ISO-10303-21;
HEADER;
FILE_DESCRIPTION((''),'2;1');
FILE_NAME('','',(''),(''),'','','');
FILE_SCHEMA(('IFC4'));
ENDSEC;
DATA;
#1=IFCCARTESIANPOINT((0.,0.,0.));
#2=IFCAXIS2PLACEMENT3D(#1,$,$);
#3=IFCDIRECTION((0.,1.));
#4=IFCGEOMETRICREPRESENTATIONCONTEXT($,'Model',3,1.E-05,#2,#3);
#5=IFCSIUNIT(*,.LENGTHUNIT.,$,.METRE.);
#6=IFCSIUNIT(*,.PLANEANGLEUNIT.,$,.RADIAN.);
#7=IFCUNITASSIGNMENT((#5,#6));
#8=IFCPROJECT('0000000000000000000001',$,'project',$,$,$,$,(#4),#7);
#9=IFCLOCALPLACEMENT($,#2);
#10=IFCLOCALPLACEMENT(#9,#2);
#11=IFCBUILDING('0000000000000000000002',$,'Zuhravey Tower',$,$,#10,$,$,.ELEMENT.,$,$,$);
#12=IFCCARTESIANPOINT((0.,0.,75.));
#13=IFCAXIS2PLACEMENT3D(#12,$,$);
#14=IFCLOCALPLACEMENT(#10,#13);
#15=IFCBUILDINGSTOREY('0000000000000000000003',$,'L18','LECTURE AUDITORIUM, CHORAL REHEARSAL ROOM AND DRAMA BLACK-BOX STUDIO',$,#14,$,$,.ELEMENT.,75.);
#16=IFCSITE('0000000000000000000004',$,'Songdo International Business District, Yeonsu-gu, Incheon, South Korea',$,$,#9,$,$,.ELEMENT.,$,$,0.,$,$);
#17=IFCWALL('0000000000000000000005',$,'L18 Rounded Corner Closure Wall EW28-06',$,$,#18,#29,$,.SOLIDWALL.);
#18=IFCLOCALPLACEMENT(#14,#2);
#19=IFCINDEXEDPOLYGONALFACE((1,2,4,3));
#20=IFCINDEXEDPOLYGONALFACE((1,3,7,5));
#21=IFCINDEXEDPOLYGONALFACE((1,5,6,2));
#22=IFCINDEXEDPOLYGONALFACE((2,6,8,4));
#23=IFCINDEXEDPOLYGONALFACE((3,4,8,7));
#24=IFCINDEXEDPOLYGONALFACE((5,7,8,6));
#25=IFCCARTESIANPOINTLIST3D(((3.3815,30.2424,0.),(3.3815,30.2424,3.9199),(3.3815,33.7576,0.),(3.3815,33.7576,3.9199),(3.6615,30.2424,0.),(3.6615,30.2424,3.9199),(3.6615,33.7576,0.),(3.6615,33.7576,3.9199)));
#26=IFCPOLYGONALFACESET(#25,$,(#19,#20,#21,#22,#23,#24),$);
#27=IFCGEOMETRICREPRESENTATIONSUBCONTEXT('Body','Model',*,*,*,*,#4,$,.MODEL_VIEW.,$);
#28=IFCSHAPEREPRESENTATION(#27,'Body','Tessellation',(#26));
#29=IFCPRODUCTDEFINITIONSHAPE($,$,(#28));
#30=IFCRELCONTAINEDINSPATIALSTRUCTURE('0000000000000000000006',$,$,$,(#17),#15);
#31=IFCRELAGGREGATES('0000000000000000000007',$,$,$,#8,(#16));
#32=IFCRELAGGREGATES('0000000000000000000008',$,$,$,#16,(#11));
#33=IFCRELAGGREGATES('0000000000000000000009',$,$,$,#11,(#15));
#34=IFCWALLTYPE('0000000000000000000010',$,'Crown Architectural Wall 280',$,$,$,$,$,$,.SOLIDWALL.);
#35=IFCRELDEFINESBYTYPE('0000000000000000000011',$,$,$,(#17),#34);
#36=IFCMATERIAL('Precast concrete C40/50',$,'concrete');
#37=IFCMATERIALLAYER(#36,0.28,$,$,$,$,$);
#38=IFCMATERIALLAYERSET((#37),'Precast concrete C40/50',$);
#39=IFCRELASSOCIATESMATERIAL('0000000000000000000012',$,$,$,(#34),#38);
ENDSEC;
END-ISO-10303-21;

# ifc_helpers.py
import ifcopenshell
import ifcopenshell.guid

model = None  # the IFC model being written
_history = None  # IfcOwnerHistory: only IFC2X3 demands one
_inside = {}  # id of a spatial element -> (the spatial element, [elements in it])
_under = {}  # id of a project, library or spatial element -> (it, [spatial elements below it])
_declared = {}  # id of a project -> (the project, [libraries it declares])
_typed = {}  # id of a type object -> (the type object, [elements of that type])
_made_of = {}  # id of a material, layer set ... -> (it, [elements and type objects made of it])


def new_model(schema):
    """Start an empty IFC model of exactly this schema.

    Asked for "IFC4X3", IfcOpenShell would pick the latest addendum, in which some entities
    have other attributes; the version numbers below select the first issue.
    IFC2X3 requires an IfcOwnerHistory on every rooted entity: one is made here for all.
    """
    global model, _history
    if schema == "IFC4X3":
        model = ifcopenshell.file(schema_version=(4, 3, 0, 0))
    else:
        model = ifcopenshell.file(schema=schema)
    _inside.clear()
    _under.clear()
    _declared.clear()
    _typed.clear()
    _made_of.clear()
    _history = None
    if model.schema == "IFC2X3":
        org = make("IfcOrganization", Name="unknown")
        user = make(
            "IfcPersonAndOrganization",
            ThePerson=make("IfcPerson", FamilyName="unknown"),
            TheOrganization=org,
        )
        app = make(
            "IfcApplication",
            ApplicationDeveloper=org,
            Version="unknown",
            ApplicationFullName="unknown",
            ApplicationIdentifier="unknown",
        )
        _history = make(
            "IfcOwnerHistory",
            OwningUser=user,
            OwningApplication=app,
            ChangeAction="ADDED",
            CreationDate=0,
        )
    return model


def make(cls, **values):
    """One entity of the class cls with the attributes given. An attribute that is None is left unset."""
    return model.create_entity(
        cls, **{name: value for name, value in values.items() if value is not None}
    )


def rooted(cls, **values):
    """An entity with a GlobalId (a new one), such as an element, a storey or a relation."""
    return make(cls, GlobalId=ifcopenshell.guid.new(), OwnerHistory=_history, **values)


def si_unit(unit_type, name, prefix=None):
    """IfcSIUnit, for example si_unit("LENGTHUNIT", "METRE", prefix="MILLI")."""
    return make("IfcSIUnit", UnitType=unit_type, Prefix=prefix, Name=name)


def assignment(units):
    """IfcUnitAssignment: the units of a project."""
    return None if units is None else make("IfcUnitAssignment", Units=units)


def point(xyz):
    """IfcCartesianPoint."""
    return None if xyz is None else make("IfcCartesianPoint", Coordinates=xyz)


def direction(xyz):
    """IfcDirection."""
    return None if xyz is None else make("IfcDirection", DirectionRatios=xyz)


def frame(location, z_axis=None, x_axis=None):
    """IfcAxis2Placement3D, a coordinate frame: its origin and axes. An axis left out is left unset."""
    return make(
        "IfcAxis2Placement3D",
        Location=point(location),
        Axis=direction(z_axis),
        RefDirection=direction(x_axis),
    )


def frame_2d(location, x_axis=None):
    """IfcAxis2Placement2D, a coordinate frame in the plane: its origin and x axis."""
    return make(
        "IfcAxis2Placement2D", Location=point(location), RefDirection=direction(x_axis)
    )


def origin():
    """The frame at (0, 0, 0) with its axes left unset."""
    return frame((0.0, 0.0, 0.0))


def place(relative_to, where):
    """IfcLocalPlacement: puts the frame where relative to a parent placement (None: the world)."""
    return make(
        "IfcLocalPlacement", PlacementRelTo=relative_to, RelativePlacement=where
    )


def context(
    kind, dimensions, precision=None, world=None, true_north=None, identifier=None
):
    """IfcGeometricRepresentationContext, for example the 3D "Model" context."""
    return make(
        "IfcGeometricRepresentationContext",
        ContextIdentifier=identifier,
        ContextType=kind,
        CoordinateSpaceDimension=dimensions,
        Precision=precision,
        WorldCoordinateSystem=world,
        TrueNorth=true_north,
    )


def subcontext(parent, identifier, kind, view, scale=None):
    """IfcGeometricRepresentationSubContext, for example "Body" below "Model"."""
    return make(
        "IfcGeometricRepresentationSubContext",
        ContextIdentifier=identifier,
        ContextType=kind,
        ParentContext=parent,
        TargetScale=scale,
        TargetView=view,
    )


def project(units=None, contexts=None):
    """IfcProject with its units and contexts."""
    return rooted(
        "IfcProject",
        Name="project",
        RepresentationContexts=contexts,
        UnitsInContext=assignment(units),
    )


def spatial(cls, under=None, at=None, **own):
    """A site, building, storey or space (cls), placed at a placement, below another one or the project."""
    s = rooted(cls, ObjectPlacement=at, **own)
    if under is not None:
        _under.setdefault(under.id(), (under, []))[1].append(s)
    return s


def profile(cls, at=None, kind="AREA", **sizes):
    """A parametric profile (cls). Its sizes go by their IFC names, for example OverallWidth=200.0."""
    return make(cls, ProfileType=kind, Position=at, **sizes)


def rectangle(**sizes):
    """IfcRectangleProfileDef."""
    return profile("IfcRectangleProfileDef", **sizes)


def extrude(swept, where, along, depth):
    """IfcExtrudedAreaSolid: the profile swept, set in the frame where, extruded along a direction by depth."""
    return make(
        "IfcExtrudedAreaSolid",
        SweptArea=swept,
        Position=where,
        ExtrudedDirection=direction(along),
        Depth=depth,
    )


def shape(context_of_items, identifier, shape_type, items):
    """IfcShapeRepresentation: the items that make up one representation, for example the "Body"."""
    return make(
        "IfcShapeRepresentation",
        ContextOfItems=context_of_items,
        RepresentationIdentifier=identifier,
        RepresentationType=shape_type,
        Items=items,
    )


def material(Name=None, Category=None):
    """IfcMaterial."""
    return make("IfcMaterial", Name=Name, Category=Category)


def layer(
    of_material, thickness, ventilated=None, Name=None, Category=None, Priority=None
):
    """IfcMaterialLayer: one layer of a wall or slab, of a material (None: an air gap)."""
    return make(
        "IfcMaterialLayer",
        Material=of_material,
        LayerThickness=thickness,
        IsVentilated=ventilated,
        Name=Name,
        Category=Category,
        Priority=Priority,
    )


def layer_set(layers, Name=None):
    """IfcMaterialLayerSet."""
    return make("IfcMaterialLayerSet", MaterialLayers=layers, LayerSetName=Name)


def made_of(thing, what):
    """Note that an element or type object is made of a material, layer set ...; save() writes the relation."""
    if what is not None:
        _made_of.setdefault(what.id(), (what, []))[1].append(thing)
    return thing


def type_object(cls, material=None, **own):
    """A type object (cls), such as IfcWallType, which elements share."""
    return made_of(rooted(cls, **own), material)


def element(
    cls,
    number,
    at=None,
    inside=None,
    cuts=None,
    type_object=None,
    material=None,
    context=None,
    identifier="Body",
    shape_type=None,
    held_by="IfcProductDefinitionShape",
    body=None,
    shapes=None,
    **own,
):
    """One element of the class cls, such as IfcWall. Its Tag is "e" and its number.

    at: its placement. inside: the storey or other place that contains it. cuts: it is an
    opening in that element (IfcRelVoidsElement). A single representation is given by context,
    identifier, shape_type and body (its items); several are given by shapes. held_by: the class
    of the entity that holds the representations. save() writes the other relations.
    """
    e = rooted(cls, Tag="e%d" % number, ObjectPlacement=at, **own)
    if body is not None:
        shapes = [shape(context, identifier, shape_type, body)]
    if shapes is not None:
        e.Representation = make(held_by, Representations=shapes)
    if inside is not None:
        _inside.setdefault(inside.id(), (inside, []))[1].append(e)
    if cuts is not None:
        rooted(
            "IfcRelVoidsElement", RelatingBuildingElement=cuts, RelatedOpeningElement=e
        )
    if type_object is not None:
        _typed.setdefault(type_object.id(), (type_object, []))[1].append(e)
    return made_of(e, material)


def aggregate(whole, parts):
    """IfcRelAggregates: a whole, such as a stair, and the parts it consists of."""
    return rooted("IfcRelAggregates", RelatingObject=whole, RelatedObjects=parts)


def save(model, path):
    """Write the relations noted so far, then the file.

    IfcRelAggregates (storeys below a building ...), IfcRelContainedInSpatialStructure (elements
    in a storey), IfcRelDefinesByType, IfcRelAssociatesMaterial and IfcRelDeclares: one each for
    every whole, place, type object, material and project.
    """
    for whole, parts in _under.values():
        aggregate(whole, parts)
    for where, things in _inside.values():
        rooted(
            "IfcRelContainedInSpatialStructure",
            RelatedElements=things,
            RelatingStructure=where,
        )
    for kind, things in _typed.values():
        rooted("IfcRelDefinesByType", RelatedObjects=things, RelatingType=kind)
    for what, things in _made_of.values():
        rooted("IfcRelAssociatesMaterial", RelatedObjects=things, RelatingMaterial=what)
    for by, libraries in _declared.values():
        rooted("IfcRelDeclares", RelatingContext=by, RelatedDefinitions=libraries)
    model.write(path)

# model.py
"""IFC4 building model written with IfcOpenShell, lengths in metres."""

from ifc_helpers import new_model, si_unit, direction, frame, frame_2d, origin, place, context, subcontext, project, spatial, rectangle, extrude, material, layer, layer_set, type_object, element, save


model = new_model("IFC4")

# Units and contexts
model_context = context("Model", 3, precision=1e-05, world=origin(), true_north=direction((0.0, 1.0)))
body_context = subcontext(model_context, "Body", "Model", "MODEL_VIEW")
ifc_project = project(units=[si_unit("LENGTHUNIT", "METRE"), si_unit("PLANEANGLEUNIT", "RADIAN")], contexts=[model_context])

# Site, building, storey
site_placement = place(None, origin())
site = spatial("IfcSite", under=ifc_project, at=site_placement, Name="Songdo International Business District, Yeonsu-gu, Incheon, South Korea", CompositionType="ELEMENT", RefElevation=0.0)
building_placement = place(site_placement, origin())
building = spatial("IfcBuilding", under=site, at=building_placement, Name="Zuhravey Tower", CompositionType="ELEMENT")
storey_placement = place(building_placement, frame((0.0, 0.0, 75.0)))
storey = spatial("IfcBuildingStorey", under=building, at=storey_placement, Name="L18", Description="LECTURE AUDITORIUM, CHORAL REHEARSAL ROOM AND DRAMA BLACK-BOX STUDIO", CompositionType="ELEMENT", Elevation=75.0)

# Wall
ifc_material_1 = material(Name="Precast concrete C40/50", Category="concrete")
ifc_layer_1 = layer(ifc_material_1, 0.28)
ifc_layer_set_1 = layer_set([ifc_layer_1], Name="Precast concrete C40/50")
wall_type = type_object("IfcWallType", Name="Crown Architectural Wall 280", PredefinedType="SOLIDWALL", material=ifc_layer_set_1)
wall_1_placement = place(storey_placement, frame((3.5215, 30.2424, 0.0), z_axis=(0.0, 0.0, 1.0), x_axis=(0.0, 1.0, 0.0)))
element("IfcWall", 1, at=wall_1_placement, inside=storey, type_object=wall_type, Name="L18 Rounded Corner Closure Wall EW28-06", PredefinedType="SOLIDWALL", context=body_context, shape_type="SweptSolid", body=[
    extrude(rectangle(XDim=3.5151, YDim=0.28, at=frame_2d((1.7576, 0.0))), origin(), (0.0, 0.0, 1.0), 3.9199),
])

save(model, "model.ifc")
